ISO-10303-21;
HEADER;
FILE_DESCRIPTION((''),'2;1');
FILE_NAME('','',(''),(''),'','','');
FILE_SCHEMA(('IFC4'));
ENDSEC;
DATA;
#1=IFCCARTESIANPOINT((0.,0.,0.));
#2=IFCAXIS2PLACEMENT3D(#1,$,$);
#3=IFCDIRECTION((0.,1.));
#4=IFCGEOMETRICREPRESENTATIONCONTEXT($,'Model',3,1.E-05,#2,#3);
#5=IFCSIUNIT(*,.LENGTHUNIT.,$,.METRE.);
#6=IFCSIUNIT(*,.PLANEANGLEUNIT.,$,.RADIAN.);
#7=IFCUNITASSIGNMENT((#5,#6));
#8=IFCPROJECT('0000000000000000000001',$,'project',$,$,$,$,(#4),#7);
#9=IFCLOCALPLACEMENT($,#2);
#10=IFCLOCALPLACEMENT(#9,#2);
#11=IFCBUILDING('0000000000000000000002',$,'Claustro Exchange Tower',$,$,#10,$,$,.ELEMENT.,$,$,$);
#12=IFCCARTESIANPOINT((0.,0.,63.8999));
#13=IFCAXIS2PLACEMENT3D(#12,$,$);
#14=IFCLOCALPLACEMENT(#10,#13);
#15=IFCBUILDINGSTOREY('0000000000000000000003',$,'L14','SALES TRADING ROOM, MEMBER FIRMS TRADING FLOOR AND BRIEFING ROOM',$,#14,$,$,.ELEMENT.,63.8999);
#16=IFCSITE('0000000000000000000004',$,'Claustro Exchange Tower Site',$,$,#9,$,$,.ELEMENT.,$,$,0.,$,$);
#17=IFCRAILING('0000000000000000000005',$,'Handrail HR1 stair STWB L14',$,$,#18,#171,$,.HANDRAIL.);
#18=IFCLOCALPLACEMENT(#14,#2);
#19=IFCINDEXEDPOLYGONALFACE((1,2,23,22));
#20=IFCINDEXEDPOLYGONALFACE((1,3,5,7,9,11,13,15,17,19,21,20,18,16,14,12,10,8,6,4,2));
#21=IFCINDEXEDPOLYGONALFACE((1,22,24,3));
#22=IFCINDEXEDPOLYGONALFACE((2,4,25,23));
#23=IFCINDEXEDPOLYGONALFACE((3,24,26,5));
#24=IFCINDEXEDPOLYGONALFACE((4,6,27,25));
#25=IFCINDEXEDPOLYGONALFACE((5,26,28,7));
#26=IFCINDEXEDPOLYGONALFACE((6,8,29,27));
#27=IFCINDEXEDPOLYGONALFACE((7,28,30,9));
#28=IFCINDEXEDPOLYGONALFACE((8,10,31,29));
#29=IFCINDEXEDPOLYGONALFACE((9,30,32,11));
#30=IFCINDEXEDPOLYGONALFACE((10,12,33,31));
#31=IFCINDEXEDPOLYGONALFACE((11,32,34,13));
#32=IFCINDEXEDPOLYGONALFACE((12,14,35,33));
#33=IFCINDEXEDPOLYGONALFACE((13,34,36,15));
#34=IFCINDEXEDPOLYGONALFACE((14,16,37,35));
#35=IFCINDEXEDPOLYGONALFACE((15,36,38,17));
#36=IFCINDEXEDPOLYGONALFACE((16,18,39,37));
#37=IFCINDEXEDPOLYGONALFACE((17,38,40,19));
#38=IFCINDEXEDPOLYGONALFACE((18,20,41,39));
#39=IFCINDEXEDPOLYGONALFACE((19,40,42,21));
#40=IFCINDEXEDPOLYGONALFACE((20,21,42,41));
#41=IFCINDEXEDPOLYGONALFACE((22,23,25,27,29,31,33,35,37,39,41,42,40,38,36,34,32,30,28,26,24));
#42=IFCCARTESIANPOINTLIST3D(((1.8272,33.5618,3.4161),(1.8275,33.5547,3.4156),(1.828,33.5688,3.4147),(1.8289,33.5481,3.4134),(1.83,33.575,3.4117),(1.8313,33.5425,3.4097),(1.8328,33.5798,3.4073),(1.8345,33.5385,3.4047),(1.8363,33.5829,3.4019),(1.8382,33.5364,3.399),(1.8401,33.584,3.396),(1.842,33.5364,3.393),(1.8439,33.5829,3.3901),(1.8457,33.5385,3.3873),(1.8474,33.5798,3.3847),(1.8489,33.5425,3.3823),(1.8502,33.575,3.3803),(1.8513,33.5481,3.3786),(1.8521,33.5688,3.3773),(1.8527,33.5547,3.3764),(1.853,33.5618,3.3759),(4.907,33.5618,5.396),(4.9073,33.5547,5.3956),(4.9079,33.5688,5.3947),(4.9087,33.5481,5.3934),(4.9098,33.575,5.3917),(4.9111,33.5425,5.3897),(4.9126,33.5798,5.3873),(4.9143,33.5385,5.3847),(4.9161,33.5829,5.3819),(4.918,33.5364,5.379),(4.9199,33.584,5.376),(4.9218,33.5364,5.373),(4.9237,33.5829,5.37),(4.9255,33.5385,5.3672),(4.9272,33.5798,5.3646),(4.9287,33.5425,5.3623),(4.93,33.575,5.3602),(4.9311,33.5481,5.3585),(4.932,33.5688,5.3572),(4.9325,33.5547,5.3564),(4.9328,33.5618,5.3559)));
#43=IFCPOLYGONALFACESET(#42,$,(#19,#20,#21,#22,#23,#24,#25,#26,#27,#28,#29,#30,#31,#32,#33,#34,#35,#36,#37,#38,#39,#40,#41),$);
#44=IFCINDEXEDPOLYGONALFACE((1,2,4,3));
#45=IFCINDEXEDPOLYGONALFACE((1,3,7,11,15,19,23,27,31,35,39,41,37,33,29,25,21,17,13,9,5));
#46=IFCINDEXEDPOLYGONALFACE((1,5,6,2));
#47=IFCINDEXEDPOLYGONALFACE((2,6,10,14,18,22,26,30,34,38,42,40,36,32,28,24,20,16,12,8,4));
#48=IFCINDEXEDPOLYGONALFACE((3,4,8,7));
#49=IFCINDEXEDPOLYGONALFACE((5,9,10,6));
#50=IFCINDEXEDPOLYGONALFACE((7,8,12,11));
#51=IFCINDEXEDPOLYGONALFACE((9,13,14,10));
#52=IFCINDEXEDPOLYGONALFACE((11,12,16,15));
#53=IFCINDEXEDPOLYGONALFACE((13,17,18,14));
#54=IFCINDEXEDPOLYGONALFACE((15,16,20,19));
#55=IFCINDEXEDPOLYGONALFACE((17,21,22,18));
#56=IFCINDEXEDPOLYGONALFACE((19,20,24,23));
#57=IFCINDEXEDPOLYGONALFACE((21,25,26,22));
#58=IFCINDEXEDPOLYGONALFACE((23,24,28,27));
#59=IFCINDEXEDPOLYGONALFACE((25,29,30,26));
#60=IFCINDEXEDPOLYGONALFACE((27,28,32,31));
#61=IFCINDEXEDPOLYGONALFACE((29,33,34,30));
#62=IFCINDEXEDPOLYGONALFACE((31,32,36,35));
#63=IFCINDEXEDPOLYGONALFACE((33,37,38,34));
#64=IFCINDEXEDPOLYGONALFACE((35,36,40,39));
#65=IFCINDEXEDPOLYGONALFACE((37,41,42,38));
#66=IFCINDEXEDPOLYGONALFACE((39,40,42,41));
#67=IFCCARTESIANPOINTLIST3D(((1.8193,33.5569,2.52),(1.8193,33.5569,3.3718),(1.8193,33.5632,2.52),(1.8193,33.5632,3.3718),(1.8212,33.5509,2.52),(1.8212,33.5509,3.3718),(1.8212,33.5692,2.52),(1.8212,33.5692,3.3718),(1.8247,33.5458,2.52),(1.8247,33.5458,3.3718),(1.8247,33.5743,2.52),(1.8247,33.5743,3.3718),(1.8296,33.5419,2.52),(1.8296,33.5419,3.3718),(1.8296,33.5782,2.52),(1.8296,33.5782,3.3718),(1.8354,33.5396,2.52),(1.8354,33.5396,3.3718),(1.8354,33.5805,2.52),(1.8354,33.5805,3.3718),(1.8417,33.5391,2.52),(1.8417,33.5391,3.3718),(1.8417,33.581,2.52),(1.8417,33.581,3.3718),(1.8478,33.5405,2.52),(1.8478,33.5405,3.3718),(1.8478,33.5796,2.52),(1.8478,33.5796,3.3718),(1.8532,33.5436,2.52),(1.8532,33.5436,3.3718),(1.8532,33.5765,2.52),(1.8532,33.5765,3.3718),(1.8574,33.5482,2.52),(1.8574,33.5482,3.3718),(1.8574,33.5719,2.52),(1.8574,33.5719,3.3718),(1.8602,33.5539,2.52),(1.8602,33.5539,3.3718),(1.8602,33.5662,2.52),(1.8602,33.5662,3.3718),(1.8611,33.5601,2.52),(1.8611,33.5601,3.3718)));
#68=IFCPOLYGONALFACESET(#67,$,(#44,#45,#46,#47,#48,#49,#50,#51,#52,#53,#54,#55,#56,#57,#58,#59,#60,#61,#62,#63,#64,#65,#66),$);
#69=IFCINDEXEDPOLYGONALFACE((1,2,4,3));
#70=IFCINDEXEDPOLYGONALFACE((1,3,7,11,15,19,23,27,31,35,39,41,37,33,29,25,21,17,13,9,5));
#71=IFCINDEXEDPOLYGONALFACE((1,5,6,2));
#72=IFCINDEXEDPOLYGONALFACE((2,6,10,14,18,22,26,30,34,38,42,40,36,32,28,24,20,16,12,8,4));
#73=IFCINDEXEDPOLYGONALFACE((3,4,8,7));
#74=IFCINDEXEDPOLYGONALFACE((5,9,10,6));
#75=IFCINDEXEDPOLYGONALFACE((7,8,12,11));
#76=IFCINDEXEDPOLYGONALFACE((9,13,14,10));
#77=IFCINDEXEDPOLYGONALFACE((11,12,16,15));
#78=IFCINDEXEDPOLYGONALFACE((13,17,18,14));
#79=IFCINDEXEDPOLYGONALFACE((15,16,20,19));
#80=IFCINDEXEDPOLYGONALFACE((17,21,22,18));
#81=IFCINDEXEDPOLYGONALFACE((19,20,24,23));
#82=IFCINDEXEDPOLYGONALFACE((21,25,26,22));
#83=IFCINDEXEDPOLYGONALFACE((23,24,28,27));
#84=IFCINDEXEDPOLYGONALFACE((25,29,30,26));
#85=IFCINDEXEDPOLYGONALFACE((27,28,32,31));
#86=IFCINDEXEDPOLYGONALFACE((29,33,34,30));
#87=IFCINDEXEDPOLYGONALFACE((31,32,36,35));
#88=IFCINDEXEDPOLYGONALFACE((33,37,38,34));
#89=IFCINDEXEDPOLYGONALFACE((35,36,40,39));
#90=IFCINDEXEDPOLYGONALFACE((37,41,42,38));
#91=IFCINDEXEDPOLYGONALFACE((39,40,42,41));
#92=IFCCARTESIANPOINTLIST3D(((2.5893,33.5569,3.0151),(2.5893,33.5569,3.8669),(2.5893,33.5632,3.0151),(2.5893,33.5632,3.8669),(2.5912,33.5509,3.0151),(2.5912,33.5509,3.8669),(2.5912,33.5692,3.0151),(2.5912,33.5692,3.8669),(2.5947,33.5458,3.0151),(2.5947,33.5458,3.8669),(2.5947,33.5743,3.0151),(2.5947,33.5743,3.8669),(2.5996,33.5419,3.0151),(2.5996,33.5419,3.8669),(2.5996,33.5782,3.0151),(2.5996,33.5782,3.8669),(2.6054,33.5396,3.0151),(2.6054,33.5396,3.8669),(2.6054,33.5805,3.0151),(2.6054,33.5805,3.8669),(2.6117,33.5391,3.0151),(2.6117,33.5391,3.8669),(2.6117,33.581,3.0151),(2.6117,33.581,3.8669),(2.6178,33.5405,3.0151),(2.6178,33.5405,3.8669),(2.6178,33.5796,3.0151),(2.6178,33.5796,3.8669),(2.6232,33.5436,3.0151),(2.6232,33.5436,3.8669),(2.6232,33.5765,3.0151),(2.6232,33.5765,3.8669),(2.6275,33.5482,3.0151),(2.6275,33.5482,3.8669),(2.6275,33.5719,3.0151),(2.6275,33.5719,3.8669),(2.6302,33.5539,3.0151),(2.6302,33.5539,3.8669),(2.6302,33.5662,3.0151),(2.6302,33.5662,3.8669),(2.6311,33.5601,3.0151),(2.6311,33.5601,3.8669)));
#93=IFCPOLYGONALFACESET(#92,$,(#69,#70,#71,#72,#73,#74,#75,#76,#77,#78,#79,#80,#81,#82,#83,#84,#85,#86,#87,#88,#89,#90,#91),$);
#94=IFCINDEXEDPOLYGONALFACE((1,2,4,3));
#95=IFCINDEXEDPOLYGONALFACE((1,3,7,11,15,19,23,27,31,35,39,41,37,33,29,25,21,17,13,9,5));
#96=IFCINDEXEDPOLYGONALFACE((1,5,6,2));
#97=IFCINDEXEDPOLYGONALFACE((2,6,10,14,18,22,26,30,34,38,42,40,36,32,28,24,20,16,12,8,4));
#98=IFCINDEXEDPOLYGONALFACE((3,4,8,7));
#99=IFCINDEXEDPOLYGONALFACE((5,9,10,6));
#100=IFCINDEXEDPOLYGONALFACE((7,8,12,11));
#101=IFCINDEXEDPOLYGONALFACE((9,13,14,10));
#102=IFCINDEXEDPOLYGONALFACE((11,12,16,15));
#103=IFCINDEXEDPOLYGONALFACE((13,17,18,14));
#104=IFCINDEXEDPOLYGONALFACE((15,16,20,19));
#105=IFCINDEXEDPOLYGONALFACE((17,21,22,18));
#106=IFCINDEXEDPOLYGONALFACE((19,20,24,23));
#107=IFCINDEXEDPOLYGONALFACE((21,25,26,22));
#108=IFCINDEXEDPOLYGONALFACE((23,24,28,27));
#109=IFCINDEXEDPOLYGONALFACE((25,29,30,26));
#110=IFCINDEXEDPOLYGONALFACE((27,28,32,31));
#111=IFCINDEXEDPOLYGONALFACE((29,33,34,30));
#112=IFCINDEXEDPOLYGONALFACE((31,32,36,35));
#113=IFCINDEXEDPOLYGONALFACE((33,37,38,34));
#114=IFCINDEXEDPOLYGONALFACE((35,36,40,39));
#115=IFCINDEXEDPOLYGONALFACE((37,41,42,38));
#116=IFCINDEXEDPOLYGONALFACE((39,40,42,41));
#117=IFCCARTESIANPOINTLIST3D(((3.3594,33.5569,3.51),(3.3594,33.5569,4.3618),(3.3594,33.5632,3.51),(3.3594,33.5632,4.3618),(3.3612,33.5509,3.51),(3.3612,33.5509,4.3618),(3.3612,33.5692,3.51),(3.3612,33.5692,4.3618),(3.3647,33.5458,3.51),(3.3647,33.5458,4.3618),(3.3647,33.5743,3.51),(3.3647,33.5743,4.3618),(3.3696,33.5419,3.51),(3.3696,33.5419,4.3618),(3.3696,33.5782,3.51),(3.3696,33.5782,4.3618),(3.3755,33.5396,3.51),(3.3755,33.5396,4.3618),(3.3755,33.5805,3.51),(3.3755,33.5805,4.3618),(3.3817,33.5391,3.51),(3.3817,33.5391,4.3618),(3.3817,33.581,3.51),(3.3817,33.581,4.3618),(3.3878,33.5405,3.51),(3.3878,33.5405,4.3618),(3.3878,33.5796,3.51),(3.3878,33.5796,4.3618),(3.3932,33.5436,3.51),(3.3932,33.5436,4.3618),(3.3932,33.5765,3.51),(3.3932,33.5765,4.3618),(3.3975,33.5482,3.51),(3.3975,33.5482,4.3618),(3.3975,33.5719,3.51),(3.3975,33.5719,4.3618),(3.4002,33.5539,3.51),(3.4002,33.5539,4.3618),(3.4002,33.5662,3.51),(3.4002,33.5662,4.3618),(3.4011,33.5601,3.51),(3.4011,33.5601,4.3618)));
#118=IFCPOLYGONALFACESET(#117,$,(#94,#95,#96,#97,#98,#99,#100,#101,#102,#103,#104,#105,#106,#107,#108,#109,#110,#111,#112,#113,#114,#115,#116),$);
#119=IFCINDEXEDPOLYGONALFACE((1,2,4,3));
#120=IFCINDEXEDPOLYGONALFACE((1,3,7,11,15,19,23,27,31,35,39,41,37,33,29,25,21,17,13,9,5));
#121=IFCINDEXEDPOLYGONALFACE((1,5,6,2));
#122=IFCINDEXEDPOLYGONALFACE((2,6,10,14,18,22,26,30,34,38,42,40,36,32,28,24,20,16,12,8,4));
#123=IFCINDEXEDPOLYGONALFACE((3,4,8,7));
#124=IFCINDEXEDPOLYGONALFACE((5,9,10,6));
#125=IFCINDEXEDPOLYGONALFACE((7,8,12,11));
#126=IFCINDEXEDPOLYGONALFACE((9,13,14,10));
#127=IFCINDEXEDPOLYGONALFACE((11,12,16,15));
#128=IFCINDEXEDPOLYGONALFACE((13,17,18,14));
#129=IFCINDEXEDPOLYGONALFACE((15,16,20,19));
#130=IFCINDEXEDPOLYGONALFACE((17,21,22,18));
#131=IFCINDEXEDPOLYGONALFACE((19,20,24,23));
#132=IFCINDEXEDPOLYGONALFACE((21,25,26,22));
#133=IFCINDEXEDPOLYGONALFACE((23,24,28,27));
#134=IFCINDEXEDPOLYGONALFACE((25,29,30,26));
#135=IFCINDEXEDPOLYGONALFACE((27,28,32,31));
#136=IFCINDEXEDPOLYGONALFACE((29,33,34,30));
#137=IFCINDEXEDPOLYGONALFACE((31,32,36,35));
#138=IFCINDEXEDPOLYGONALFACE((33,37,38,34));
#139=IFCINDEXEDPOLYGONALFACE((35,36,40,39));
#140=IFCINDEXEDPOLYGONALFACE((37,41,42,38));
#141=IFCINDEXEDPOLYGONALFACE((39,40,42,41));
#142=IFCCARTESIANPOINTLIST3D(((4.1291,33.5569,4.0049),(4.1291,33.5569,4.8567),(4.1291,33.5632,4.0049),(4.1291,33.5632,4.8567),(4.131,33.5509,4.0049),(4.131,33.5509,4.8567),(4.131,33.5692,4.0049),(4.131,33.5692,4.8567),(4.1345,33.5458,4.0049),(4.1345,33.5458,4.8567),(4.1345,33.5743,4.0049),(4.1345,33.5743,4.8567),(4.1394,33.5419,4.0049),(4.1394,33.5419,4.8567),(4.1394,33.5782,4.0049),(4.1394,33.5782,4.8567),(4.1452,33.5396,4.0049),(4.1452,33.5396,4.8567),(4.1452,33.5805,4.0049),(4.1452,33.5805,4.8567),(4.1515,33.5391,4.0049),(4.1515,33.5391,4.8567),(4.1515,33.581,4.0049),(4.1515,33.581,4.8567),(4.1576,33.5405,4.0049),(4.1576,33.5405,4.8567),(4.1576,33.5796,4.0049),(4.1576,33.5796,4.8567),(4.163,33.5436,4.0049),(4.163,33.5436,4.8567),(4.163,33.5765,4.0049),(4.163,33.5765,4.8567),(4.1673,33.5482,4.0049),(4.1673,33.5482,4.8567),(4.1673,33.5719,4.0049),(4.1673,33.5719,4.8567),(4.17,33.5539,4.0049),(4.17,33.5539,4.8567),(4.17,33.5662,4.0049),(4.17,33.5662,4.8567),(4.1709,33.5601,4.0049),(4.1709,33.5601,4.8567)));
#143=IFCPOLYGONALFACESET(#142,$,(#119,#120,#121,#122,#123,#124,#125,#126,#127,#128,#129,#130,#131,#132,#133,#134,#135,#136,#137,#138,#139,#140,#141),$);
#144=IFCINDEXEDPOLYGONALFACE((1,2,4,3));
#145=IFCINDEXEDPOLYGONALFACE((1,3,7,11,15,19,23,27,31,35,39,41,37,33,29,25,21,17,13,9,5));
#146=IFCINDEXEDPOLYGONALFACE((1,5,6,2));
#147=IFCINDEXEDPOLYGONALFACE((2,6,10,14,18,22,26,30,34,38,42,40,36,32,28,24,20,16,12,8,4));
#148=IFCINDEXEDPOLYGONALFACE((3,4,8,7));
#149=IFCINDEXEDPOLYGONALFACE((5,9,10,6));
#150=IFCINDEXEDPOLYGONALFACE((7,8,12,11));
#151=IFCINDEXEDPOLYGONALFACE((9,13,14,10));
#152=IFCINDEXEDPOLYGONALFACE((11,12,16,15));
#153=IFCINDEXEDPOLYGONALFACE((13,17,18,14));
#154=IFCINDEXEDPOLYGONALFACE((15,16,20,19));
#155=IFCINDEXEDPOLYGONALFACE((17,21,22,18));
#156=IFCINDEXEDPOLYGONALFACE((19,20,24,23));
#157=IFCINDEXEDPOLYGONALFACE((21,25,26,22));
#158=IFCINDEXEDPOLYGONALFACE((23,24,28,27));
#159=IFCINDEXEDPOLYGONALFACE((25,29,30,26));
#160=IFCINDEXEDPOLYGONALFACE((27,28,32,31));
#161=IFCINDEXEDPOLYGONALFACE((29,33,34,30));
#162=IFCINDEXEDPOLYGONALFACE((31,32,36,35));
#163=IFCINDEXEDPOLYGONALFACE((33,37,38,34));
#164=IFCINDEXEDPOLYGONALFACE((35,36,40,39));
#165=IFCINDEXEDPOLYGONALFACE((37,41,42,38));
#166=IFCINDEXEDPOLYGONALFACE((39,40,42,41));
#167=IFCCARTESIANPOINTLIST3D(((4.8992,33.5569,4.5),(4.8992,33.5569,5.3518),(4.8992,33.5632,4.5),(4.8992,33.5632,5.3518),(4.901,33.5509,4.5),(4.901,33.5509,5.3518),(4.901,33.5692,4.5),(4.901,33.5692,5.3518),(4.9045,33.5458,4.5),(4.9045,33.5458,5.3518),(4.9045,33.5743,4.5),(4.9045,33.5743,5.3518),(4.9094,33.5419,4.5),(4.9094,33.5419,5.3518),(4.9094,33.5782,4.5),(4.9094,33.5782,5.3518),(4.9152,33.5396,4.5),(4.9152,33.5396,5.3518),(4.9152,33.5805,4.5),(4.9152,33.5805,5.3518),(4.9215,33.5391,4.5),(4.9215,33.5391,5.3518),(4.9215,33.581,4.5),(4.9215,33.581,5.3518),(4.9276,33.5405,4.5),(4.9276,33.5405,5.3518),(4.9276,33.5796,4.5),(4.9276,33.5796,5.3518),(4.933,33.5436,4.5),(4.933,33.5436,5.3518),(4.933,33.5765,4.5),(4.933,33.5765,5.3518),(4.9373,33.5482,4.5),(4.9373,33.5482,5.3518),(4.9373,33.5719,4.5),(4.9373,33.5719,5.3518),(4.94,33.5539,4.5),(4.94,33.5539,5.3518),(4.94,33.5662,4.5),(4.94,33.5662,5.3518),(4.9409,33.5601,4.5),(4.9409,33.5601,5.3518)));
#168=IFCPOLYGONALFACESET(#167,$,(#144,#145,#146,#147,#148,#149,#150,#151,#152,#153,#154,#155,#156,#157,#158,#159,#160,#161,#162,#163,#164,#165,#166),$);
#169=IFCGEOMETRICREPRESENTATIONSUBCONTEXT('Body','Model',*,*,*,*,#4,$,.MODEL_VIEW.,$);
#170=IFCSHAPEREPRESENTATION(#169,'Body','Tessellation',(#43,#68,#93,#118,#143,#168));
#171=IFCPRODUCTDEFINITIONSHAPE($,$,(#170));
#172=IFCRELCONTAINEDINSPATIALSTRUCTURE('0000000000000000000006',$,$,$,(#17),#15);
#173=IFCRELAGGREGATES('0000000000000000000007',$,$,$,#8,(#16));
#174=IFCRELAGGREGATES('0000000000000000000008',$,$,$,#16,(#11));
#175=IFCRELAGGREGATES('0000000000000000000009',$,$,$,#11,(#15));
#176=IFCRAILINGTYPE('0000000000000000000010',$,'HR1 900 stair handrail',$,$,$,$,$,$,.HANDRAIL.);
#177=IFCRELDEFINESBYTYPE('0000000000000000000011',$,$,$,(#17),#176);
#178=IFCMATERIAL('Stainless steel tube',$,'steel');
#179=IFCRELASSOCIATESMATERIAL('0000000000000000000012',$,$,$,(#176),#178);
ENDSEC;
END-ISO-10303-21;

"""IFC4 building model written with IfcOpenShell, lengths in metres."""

from ifc_helpers import new_model, si_unit, direction, frame, origin, origin_2d, place, context, subcontext, project, spatial, circle, extrude, material, type_object, element, save


model = new_model("IFC4")

# Units and contexts
model_context = context("Model", 3, precision=1e-05, world=origin(), true_north=direction((0.0, 1.0)))
body_context = subcontext(model_context, "Body", "Model", "MODEL_VIEW")
ifc_project = project(units=[si_unit("LENGTHUNIT", "METRE"), si_unit("PLANEANGLEUNIT", "RADIAN")], contexts=[model_context])

# Site, building, storey
site_placement = place(None, origin())
site = spatial("IfcSite", under=ifc_project, at=site_placement, Name="Claustro Exchange Tower Site", CompositionType="ELEMENT", RefElevation=0.0)
building_placement = place(site_placement, origin())
building = spatial("IfcBuilding", under=site, at=building_placement, Name="Claustro Exchange Tower", CompositionType="ELEMENT")
storey_placement = place(building_placement, frame((0.0, 0.0, 63.8999)))
storey = spatial("IfcBuildingStorey", under=building, at=storey_placement, Name="L14", Description="SALES TRADING ROOM, MEMBER FIRMS TRADING FLOOR AND BRIEFING ROOM", CompositionType="ELEMENT", Elevation=63.8999)

# Railing
ifc_material_1 = material(Name="Stainless steel tube", Category="steel")
railing_type_1 = type_object("IfcRailingType", Name="HR1 900 stair handrail", PredefinedType="HANDRAIL", material=ifc_material_1)
railing_1_placement = place(storey_placement, frame((1.8401, 33.5601, 2.52)))
element("IfcRailing", 1, at=railing_1_placement, inside=storey, type_object=railing_type_1, Name="Handrail HR1 stair STWB L14", PredefinedType="HANDRAIL", context=body_context, shape_type="SweptSolid", body=[
    extrude(circle(Radius=0.0239, at=origin_2d()), frame((0.0, 0.0, 0.876), z_axis=(0.841168, 0.0, 0.540774), x_axis=(0.0, 1.0, 0.0)), (0.0, 0.0, 1.0), 3.6614),
    extrude(circle(Radius=0.021, at=origin_2d()), origin(), (0.0, 0.0, 1.0), 0.8518),
    extrude(circle(Radius=0.021, at=origin_2d()), frame((0.77, 0.0, 0.4951)), (0.0, 0.0, 1.0), 0.8518),
    extrude(circle(Radius=0.021, at=origin_2d()), frame((1.54, 0.0, 0.99)), (0.0, 0.0, 1.0), 0.8518),
    extrude(circle(Radius=0.021, at=origin_2d()), frame((2.3098, 0.0, 1.4849)), (0.0, 0.0, 1.0), 0.8518),
    extrude(circle(Radius=0.021, at=origin_2d()), frame((3.0798, 0.0, 1.98)), (0.0, 0.0, 1.0), 0.8518),
])

save(model, "model.ifc")
